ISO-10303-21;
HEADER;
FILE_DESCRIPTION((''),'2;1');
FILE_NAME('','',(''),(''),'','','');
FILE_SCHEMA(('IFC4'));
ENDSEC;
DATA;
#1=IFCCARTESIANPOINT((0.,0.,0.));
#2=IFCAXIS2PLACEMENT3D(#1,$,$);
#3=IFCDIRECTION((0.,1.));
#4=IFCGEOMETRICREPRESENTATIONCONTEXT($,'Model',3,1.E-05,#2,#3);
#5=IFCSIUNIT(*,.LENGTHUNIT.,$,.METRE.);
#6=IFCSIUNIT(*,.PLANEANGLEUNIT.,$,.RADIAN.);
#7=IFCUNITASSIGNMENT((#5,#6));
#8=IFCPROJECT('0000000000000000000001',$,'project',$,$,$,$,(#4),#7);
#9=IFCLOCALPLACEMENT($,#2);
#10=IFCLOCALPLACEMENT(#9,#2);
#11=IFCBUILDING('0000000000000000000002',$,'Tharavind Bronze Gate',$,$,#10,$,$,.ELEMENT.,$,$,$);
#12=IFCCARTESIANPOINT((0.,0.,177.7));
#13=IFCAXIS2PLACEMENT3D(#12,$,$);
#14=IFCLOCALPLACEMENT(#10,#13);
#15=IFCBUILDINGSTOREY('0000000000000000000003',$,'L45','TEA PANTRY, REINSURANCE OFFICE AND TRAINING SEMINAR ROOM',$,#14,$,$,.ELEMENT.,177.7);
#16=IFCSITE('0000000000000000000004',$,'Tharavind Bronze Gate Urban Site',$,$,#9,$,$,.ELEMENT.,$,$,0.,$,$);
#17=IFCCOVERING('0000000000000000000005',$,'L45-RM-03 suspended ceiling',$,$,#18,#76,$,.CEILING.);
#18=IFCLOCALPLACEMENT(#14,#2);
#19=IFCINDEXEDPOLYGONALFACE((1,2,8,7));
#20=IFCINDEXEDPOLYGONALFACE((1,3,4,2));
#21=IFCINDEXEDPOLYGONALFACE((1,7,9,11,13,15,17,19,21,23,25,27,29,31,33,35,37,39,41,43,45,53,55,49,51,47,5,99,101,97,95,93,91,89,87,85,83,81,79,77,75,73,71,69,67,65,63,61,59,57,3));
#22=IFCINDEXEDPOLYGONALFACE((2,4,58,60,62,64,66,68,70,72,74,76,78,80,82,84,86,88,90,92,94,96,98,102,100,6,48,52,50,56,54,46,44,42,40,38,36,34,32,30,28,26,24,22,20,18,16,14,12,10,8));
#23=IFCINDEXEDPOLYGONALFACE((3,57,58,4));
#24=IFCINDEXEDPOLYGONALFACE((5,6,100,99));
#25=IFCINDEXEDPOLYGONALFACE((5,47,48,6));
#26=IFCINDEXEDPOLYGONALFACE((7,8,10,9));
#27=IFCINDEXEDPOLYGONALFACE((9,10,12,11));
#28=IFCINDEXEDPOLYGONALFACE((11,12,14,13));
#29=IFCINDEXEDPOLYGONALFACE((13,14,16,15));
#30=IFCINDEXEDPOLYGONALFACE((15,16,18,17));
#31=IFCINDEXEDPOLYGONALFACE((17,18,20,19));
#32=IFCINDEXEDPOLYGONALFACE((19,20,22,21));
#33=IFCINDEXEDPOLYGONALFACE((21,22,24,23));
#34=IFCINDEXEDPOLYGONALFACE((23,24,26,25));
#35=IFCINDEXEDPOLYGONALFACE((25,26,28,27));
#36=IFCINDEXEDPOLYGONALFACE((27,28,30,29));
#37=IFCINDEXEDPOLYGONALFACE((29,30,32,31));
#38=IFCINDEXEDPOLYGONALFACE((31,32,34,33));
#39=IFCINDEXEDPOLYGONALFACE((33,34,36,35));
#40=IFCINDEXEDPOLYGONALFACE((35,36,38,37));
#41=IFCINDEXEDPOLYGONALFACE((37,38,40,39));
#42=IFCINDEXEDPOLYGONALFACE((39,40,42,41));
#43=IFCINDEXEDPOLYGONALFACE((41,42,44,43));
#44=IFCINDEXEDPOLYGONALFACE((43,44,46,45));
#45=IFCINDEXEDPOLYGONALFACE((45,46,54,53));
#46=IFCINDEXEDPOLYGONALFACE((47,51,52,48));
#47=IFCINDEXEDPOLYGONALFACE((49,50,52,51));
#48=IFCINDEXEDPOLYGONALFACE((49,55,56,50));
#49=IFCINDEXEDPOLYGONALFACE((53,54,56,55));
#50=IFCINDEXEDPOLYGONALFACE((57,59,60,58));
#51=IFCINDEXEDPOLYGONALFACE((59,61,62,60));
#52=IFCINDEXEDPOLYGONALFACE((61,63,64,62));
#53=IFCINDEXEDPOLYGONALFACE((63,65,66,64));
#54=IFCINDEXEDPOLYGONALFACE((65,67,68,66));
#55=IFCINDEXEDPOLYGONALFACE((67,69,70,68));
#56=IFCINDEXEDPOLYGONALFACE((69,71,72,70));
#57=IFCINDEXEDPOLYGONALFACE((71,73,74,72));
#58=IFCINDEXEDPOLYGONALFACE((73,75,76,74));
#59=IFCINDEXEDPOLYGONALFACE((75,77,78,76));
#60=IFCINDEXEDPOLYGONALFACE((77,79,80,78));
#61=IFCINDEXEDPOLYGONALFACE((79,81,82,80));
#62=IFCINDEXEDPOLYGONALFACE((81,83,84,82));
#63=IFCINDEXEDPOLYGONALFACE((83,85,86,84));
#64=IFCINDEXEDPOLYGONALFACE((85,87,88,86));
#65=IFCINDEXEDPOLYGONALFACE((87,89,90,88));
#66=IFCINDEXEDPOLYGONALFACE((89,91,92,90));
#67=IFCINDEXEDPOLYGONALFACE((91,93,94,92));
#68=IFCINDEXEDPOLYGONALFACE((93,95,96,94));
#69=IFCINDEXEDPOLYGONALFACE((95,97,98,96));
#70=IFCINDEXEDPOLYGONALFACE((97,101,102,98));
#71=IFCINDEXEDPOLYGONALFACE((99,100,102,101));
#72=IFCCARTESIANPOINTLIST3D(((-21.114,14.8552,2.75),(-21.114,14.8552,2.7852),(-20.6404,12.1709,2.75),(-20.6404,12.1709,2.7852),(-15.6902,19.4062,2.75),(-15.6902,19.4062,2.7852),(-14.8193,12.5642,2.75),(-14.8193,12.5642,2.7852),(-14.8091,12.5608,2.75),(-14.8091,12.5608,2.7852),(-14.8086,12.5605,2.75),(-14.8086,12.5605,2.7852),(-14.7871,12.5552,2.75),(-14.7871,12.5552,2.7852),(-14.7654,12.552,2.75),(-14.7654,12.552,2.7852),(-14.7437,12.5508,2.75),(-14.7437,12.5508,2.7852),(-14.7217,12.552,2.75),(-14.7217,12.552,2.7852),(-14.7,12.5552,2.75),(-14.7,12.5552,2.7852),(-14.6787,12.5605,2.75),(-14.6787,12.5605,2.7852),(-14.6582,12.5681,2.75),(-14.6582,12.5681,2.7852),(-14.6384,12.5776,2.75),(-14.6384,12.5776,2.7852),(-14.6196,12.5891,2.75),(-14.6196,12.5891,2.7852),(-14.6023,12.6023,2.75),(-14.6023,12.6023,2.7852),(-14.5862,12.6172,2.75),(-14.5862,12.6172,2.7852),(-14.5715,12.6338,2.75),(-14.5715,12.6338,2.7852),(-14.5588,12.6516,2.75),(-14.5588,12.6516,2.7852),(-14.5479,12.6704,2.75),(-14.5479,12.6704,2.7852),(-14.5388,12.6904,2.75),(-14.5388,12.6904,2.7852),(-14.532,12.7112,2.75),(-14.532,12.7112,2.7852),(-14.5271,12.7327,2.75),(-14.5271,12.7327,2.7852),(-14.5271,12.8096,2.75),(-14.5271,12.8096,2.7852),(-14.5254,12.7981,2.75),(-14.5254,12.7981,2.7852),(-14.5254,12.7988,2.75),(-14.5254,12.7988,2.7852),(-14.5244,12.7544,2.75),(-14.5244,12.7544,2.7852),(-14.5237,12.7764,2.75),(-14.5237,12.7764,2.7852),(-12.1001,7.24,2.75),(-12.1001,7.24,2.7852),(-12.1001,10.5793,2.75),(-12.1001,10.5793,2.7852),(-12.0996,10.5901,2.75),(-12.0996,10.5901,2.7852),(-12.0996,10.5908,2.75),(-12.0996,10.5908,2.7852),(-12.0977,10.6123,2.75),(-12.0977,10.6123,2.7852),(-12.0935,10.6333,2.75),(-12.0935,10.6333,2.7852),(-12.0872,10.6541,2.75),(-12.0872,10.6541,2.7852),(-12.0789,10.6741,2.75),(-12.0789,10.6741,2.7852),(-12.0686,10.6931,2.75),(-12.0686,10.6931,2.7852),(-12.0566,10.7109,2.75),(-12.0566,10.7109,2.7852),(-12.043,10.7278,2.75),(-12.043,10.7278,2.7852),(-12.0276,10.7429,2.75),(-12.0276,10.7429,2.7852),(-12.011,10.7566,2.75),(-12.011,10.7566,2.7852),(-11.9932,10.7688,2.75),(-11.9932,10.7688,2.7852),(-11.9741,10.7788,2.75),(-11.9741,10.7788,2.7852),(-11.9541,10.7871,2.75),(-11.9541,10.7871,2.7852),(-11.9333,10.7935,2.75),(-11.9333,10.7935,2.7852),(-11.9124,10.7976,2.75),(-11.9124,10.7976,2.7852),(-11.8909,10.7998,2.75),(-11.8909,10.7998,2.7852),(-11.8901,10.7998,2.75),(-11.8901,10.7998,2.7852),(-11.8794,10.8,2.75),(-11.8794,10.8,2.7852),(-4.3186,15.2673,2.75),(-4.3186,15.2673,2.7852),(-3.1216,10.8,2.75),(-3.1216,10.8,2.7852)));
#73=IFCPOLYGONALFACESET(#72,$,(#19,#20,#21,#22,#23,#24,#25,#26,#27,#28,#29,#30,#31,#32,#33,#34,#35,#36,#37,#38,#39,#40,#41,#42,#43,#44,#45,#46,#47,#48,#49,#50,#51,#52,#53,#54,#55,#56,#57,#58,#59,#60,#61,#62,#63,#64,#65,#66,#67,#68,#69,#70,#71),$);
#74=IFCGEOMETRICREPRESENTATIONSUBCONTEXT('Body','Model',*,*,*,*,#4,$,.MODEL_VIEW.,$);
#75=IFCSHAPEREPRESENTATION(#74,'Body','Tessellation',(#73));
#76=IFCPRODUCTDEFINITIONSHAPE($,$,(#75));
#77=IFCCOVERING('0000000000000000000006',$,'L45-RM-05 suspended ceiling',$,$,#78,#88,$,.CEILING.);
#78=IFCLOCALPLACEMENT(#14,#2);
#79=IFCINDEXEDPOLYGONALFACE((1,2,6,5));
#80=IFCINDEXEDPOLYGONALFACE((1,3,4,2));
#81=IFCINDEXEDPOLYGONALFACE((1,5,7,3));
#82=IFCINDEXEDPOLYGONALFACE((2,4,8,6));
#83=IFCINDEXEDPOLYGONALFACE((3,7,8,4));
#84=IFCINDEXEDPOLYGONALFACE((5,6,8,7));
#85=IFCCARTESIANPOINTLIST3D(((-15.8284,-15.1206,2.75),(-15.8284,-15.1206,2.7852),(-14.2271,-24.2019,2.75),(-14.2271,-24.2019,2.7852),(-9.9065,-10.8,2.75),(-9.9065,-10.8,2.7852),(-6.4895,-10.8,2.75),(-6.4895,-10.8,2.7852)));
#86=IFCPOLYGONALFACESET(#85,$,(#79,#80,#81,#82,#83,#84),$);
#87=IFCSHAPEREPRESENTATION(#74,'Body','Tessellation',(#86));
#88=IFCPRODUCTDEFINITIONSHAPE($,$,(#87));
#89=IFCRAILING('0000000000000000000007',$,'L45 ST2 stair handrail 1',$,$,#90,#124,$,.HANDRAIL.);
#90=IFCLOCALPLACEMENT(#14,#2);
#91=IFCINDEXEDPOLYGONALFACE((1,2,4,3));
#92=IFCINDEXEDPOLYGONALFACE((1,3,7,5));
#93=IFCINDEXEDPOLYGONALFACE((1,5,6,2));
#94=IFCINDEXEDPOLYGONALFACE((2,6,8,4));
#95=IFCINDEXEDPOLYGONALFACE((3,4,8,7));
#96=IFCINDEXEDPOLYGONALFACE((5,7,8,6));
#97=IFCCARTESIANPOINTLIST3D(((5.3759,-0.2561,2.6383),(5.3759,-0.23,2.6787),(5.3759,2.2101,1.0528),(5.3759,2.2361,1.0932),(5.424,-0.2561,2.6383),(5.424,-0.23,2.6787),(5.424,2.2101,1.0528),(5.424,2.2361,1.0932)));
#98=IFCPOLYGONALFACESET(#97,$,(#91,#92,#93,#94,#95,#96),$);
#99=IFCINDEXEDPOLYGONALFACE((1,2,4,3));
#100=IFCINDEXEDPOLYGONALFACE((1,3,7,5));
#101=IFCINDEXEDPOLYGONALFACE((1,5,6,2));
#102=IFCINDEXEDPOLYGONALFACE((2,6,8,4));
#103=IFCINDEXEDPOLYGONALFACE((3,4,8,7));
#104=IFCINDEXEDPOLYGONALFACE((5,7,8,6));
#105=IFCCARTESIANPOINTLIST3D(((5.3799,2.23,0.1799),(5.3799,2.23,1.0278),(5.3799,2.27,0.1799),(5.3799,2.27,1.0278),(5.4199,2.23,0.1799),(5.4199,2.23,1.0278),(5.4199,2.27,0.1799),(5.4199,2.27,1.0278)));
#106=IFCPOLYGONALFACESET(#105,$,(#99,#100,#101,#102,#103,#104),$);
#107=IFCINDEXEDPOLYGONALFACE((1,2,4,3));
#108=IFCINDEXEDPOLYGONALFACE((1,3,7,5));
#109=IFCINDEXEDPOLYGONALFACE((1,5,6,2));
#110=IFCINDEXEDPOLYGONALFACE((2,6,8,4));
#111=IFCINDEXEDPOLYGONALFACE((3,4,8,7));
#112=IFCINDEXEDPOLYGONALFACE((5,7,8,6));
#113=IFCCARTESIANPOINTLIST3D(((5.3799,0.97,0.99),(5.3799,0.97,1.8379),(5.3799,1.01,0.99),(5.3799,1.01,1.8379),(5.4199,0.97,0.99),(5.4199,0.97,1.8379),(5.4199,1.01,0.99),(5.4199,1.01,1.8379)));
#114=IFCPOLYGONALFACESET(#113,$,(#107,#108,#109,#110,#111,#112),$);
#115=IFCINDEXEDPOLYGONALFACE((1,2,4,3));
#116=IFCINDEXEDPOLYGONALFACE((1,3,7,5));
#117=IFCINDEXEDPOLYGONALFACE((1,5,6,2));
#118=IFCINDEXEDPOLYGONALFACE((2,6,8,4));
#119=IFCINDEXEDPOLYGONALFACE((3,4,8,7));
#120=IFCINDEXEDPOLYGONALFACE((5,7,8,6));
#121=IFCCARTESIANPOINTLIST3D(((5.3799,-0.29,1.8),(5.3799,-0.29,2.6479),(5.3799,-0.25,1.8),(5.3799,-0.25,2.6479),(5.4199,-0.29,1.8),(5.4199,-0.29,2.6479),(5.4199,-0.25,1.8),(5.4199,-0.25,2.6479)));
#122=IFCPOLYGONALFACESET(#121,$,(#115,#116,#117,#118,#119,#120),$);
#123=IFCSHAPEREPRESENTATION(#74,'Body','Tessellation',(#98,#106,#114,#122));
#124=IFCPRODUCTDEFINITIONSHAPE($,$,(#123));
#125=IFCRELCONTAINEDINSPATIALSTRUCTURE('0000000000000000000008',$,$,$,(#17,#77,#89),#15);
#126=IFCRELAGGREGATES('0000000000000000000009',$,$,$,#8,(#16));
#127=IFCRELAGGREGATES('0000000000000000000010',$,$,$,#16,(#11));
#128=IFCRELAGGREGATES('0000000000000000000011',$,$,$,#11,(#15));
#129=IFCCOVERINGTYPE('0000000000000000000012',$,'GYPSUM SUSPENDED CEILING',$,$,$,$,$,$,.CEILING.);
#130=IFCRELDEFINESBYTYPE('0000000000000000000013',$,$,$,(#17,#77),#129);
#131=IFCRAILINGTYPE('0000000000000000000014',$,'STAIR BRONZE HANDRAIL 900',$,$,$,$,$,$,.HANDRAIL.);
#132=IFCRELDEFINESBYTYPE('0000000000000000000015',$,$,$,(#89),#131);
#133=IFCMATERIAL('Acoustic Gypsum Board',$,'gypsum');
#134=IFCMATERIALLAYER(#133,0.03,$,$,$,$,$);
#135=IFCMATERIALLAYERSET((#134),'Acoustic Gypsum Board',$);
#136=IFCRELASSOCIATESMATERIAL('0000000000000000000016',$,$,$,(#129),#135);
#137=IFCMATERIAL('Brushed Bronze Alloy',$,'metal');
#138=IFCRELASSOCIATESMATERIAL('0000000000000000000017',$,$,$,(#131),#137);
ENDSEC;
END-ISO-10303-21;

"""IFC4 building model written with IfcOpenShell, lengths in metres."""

from ifc_helpers import new_model, si_unit, direction, frame, origin, origin_2d, place, context, subcontext, project, spatial, polyline, rectangle, outline, extrude, material, layer, layer_set, type_object, element, save


model = new_model("IFC4")

# Units and contexts
model_context = context("Model", 3, precision=1e-05, world=origin(), true_north=direction((0.0, 1.0)))
body_context = subcontext(model_context, "Body", "Model", "MODEL_VIEW")
ifc_project = project(units=[si_unit("LENGTHUNIT", "METRE"), si_unit("PLANEANGLEUNIT", "RADIAN")], contexts=[model_context])

# Site, building, storey
site_placement = place(None, origin())
site = spatial("IfcSite", under=ifc_project, at=site_placement, Name="Tharavind Bronze Gate Urban Site", CompositionType="ELEMENT", RefElevation=0.0)
building_placement = place(site_placement, origin())
building = spatial("IfcBuilding", under=site, at=building_placement, Name="Tharavind Bronze Gate", CompositionType="ELEMENT")
storey_placement = place(building_placement, frame((0.0, 0.0, 177.7)))
storey = spatial("IfcBuildingStorey", under=building, at=storey_placement, Name="L45", Description="TEA PANTRY, REINSURANCE OFFICE AND TRAINING SEMINAR ROOM", CompositionType="ELEMENT", Elevation=177.7)

# Coverings
ifc_material_1 = material(Name="Acoustic Gypsum Board", Category="gypsum")
ifc_layer_1 = layer(ifc_material_1, 0.03)
ifc_layer_set_1 = layer_set([ifc_layer_1], Name="Acoustic Gypsum Board")
covering_type_1 = type_object("IfcCoveringType", Name="GYPSUM SUSPENDED CEILING", PredefinedType="CEILING", material=ifc_layer_set_1)
covering_1_placement = place(storey_placement, frame((0.0, 0.0, 2.75)))
element("IfcCovering", 1, at=covering_1_placement, inside=storey, type_object=covering_type_1, Name="L45-RM-03 suspended ceiling", PredefinedType="CEILING", context=body_context, shape_type="SweptSolid", body=[
    extrude(outline(polyline([(-20.6404, 12.1709), (-12.1001, 7.24), (-12.1001, 10.5793), (-12.0996, 10.5901), (-12.0996, 10.5908), (-12.0977, 10.6123), (-12.0935, 10.6333), (-12.0872, 10.6541), (-12.0789, 10.6741), (-12.0686, 10.6931), (-12.0566, 10.7109), (-12.043, 10.7278), (-12.0276, 10.7429), (-12.011, 10.7566), (-11.9932, 10.7688), (-11.9741, 10.7788), (-11.9541, 10.7871), (-11.9333, 10.7935), (-11.9124, 10.7976), (-11.8909, 10.7998), (-11.8901, 10.7998), (-11.8794, 10.8), (-3.1216, 10.8), (-4.3186, 15.2673), (-15.6902, 19.4062), (-14.5271, 12.8096), (-14.5254, 12.7988), (-14.5254, 12.7981), (-14.5237, 12.7764), (-14.5244, 12.7544), (-14.5271, 12.7327), (-14.532, 12.7112), (-14.5388, 12.6904), (-14.5479, 12.6704), (-14.5588, 12.6516), (-14.5715, 12.6338), (-14.5862, 12.6172), (-14.6023, 12.6023), (-14.6196, 12.5891), (-14.6384, 12.5776), (-14.6582, 12.5681), (-14.6787, 12.5605), (-14.7, 12.5552), (-14.7217, 12.552), (-14.7437, 12.5508), (-14.7654, 12.552), (-14.7871, 12.5552), (-14.8086, 12.5605), (-14.8091, 12.5608), (-14.8193, 12.5642), (-21.114, 14.8552), (-20.6404, 12.1709)])), origin(), (0.0, 0.0, 1.0), 0.0352),
])
covering_2_placement = place(storey_placement, frame((0.0, 0.0, 2.75)))
element("IfcCovering", 2, at=covering_2_placement, inside=storey, type_object=covering_type_1, Name="L45-RM-05 suspended ceiling", PredefinedType="CEILING", context=body_context, shape_type="SweptSolid", body=[
    extrude(outline(polyline([(-14.2271, -24.2019), (-6.4895, -10.8), (-9.9065, -10.8), (-15.8284, -15.1206), (-14.2271, -24.2019)])), origin(), (0.0, 0.0, 1.0), 0.0352),
])

# Railing
ifc_material_2 = material(Name="Brushed Bronze Alloy", Category="metal")
railing_type = type_object("IfcRailingType", Name="STAIR BRONZE HANDRAIL 900", PredefinedType="HANDRAIL", material=ifc_material_2)
railing_placement = place(storey_placement, frame((5.3999, 2.25, 0.1799)))
element("IfcRailing", 3, at=railing_placement, inside=storey, type_object=railing_type, Name="L45 ST2 stair handrail 1", PredefinedType="HANDRAIL", context=body_context, shape_type="SweptSolid", body=[
    extrude(rectangle(XDim=0.0481, YDim=0.0481, at=origin_2d()), frame((0.0, -0.0269, 0.8931), z_axis=(0.0, -0.841163, 0.540782), x_axis=(1.0, 0.0, 0.0)), (0.0, 0.0, 1.0), 2.9319),
    extrude(rectangle(XDim=0.04, YDim=0.04, at=origin_2d()), origin(), (0.0, 0.0, 1.0), 0.8479),
    extrude(rectangle(XDim=0.04, YDim=0.04, at=origin_2d()), frame((0.0, -1.26, 0.8101)), (0.0, 0.0, 1.0), 0.8479),
    extrude(rectangle(XDim=0.04, YDim=0.04, at=origin_2d()), frame((0.0, -2.52, 1.6201)), (0.0, 0.0, 1.0), 0.8479),
])

save(model, "model.ifc")
